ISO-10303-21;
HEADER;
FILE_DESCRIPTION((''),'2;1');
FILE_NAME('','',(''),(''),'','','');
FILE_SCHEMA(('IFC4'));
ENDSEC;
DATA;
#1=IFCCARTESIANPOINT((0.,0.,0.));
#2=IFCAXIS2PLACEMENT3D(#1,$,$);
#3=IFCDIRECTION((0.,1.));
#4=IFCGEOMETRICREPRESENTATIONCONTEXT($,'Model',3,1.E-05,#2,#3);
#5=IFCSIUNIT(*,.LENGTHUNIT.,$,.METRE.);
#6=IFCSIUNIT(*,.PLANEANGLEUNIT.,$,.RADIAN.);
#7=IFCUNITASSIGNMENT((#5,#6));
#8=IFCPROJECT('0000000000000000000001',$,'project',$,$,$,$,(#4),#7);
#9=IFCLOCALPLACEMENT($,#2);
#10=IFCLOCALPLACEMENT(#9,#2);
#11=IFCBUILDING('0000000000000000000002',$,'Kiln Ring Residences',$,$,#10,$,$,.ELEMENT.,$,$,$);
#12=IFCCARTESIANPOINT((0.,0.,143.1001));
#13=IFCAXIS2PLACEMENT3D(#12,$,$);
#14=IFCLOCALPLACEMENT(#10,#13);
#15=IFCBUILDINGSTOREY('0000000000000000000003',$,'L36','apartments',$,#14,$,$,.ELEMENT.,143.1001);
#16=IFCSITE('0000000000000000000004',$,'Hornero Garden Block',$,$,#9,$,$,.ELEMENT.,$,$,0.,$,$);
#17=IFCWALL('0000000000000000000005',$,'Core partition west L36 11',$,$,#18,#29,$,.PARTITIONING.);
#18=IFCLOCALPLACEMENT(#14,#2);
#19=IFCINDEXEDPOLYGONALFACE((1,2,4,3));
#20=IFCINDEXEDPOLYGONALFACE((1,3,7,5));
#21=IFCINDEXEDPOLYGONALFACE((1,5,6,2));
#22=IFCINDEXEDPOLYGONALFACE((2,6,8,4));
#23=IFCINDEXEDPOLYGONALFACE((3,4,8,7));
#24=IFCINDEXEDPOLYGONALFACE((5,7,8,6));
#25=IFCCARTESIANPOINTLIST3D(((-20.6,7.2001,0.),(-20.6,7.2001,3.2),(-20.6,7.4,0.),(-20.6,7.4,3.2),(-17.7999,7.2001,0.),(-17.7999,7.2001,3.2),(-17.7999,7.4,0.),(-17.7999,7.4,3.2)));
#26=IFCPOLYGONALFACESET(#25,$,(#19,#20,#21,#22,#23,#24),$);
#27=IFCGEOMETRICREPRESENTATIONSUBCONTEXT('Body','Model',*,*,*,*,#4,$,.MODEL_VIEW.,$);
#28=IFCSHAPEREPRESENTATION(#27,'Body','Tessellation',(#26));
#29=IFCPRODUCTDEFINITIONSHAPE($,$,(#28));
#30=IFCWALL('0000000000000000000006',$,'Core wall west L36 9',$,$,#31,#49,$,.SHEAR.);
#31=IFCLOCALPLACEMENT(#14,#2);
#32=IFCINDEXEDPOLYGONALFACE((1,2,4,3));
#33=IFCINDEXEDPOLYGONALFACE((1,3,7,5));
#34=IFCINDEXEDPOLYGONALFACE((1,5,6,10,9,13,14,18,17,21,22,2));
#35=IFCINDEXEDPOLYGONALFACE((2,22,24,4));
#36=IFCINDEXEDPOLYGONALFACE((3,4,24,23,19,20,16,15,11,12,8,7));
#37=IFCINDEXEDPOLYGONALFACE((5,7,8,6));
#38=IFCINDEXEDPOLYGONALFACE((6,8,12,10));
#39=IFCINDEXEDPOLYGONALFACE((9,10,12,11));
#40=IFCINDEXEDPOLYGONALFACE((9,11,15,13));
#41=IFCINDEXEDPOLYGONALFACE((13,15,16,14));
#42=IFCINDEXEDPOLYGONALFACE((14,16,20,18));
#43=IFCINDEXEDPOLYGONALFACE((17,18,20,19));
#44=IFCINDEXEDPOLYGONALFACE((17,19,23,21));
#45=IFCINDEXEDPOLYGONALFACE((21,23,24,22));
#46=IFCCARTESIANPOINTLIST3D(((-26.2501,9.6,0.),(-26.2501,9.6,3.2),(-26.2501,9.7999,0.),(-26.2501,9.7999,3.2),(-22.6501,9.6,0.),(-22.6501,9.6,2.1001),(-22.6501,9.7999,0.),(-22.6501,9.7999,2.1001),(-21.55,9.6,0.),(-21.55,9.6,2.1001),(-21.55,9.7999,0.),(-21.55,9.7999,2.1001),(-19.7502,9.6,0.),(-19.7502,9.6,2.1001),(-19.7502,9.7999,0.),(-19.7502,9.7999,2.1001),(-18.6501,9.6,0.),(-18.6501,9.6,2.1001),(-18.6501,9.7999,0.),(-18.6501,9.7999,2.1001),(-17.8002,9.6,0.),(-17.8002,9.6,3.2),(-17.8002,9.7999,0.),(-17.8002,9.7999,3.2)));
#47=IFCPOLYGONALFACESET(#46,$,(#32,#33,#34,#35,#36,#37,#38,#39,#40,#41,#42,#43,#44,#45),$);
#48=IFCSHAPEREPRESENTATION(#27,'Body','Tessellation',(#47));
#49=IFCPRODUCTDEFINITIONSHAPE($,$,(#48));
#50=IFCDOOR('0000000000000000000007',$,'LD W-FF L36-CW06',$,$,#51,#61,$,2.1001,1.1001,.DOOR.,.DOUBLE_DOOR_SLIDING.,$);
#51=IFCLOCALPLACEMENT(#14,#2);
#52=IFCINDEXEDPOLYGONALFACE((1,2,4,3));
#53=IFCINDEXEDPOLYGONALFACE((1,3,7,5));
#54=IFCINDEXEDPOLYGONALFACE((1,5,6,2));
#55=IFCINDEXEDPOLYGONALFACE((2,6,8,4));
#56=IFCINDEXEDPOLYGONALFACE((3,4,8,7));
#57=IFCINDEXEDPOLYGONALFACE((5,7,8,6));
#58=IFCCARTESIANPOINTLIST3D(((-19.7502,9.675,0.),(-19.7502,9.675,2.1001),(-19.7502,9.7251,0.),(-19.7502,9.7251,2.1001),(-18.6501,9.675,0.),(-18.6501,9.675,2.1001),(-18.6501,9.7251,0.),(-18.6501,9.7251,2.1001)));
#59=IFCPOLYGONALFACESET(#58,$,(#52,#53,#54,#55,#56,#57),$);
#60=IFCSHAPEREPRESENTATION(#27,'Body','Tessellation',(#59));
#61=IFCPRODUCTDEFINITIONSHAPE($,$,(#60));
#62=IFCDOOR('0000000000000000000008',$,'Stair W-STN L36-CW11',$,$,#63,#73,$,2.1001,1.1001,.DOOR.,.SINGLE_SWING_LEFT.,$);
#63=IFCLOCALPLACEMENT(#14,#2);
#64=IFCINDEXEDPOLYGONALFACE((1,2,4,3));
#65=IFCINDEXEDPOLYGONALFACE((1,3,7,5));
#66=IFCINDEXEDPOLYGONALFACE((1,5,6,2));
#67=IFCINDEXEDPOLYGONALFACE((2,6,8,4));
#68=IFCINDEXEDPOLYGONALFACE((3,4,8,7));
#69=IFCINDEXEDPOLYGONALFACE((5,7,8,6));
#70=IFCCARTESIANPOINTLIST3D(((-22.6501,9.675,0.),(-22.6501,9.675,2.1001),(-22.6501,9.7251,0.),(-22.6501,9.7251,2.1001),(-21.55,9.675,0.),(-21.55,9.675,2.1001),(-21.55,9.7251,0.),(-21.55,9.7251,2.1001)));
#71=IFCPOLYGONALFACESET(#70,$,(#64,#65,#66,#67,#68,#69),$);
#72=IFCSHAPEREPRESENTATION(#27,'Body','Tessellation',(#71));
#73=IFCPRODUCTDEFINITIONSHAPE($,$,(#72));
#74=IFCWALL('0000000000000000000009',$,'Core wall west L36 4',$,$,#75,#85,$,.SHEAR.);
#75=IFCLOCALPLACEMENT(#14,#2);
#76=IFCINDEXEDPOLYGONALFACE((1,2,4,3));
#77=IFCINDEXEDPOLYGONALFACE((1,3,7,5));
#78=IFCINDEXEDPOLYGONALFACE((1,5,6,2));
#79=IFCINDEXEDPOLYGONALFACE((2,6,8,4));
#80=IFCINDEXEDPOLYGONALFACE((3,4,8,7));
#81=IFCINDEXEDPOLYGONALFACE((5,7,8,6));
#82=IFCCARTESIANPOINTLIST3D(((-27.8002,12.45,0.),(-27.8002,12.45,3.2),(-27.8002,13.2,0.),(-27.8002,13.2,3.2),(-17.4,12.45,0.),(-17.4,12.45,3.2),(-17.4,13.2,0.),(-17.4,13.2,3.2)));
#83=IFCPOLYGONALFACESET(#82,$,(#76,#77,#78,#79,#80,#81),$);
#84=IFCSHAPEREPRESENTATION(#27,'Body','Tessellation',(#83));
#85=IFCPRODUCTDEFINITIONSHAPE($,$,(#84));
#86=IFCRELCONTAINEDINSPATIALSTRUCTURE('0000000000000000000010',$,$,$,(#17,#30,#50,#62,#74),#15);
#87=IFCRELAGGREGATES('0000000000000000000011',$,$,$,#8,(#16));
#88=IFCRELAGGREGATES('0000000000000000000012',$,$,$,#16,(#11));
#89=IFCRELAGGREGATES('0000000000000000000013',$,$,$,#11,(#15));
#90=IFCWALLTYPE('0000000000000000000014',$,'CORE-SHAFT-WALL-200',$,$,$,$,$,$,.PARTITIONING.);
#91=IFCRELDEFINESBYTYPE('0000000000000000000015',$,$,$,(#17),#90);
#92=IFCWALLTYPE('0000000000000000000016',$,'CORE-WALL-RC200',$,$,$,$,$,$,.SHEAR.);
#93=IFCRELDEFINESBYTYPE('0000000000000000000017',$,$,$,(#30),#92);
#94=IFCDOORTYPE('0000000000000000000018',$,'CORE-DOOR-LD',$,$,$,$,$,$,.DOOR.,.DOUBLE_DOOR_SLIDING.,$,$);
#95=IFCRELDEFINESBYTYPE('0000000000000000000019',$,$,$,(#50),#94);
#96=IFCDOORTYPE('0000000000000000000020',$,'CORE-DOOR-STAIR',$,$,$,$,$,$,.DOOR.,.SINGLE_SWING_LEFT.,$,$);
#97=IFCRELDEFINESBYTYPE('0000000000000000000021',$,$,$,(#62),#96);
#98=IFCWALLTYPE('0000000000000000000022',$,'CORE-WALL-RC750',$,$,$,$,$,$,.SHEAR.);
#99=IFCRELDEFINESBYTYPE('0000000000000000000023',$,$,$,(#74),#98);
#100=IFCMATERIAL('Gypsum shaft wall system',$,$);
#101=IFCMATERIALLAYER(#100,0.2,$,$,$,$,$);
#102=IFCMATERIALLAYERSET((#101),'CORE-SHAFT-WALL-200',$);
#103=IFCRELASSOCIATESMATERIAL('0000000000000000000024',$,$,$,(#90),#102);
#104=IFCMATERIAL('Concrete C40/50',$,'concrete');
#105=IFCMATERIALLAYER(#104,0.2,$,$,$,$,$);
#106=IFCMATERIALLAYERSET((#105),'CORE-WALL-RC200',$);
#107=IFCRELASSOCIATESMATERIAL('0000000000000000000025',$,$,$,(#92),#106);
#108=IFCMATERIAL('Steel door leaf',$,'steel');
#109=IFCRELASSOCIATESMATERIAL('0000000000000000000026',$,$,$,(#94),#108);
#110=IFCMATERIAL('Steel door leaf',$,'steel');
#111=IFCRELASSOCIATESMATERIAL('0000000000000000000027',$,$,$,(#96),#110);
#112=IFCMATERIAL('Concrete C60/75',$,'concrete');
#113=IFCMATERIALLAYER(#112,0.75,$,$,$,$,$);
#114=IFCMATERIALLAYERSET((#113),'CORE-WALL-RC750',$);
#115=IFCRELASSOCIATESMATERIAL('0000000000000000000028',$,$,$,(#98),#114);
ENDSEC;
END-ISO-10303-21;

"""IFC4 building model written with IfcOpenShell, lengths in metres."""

from ifc_helpers import new_model, si_unit, direction, frame, frame_2d, origin, place, context, subcontext, project, spatial, rectangle, extrude, material, layer, layer_set, type_object, element, fill, save


model = new_model("IFC4")

# Units and contexts
model_context = context("Model", 3, precision=1e-05, world=origin(), true_north=direction((0.0, 1.0)))
body_context = subcontext(model_context, "Body", "Model", "MODEL_VIEW")
ifc_project = project(units=[si_unit("LENGTHUNIT", "METRE"), si_unit("PLANEANGLEUNIT", "RADIAN")], contexts=[model_context])

# Site, building, storey
site_placement = place(None, origin())
site = spatial("IfcSite", under=ifc_project, at=site_placement, Name="Hornero Garden Block", CompositionType="ELEMENT", RefElevation=0.0)
building_placement = place(site_placement, origin())
building = spatial("IfcBuilding", under=site, at=building_placement, Name="Kiln Ring Residences", CompositionType="ELEMENT")
storey_placement = place(building_placement, frame((0.0, 0.0, 143.1001)))
storey = spatial("IfcBuildingStorey", under=building, at=storey_placement, Name="L36", Description="apartments", CompositionType="ELEMENT", Elevation=143.1001)

# Wall
ifc_material_1 = material(Name="Gypsum shaft wall system")
ifc_layer_1 = layer(ifc_material_1, 0.2)
ifc_layer_set_1 = layer_set([ifc_layer_1], Name="CORE-SHAFT-WALL-200")
wall_type_1 = type_object("IfcWallType", Name="CORE-SHAFT-WALL-200", PredefinedType="PARTITIONING", material=ifc_layer_set_1)
wall_1_placement = place(storey_placement, frame((-17.8, 7.3, 0.0), z_axis=(0.0, 0.0, 1.0), x_axis=(-1.0, 0.0, 0.0)))
element("IfcWall", 1, at=wall_1_placement, inside=storey, type_object=wall_type_1, Name="Core partition west L36 11", PredefinedType="PARTITIONING", context=body_context, shape_type="SweptSolid", body=[
    extrude(rectangle(XDim=2.8, YDim=0.2, at=frame_2d((1.3999, 0.0))), origin(), (0.0, 0.0, 1.0), 3.2),
])

# Wall, openings, doors
ifc_material_2 = material(Name="Concrete C40/50", Category="concrete")
ifc_layer_2 = layer(ifc_material_2, 0.2)
ifc_layer_set_2 = layer_set([ifc_layer_2], Name="CORE-WALL-RC200")
wall_type_2 = type_object("IfcWallType", Name="CORE-WALL-RC200", PredefinedType="SHEAR", material=ifc_layer_set_2)
wall_2_placement = place(storey_placement, frame((-17.8, 9.7, 0.0), z_axis=(0.0, 0.0, 1.0), x_axis=(-1.0, 0.0, 0.0)))
wall_2 = element("IfcWall", 2, at=wall_2_placement, inside=storey, type_object=wall_type_2, Name="Core wall west L36 9", PredefinedType="SHEAR", context=body_context, shape_type="SweptSolid", body=[
    extrude(rectangle(XDim=8.45, YDim=0.2, at=frame_2d((4.2251, 0.0))), origin(), (0.0, 0.0, 1.0), 3.2),
])
opening_1_placement = place(wall_2_placement, frame((0.8501, 0.0, 0.0)))
opening_1 = element("IfcOpeningElement", 3, at=opening_1_placement, cuts=wall_2, PredefinedType="OPENING", context=body_context, shape_type="SweptSolid", body=[
    extrude(rectangle(XDim=1.1001, YDim=2.1001, at=frame_2d((0.55, 1.05))), frame((0.0, 0.1099, 0.0), z_axis=(0.0, -1.0, 0.0), x_axis=(1.0, 0.0, 0.0)), (0.0, 0.0, 1.0), 0.22),
])
opening_2_placement = place(wall_2_placement, frame((3.75, 0.0, 0.0)))
opening_2 = element("IfcOpeningElement", 4, at=opening_2_placement, cuts=wall_2, PredefinedType="OPENING", context=body_context, shape_type="SweptSolid", body=[
    extrude(rectangle(XDim=1.1001, YDim=2.1001, at=frame_2d((0.55, 1.05))), frame((0.0, 0.1099, 0.0), z_axis=(0.0, -1.0, 0.0), x_axis=(1.0, 0.0, 0.0)), (0.0, 0.0, 1.0), 0.22),
])
ifc_material_3 = material(Name="Steel door leaf", Category="steel")
door_type_1 = type_object("IfcDoorType", Name="CORE-DOOR-LD", OperationType="DOUBLE_DOOR_SLIDING", PredefinedType="DOOR", material=ifc_material_3)
door_1_placement = place(opening_1_placement, origin())
door_1 = element("IfcDoor", 5, at=door_1_placement, inside=storey, type_object=door_type_1, Name="LD W-FF L36-CW06", OperationType="DOUBLE_DOOR_SLIDING", OverallHeight=2.1001, OverallWidth=1.1001, PredefinedType="DOOR", context=body_context, shape_type="SweptSolid", body=[
    extrude(rectangle(XDim=1.1001, YDim=2.1001, at=frame_2d((0.55, 1.05))), frame((0.0, 0.0249, 0.0), z_axis=(0.0, -1.0, 0.0), x_axis=(1.0, 0.0, 0.0)), (0.0, 0.0, 1.0), 0.05),
])
fill(opening_1, door_1)
ifc_material_4 = material(Name="Steel door leaf", Category="steel")
door_type_2 = type_object("IfcDoorType", Name="CORE-DOOR-STAIR", OperationType="SINGLE_SWING_LEFT", PredefinedType="DOOR", material=ifc_material_4)
door_2_placement = place(opening_2_placement, origin())
door_2 = element("IfcDoor", 6, at=door_2_placement, inside=storey, type_object=door_type_2, Name="Stair W-STN L36-CW11", OperationType="SINGLE_SWING_LEFT", OverallHeight=2.1001, OverallWidth=1.1001, PredefinedType="DOOR", context=body_context, shape_type="SweptSolid", body=[
    extrude(rectangle(XDim=1.1001, YDim=2.1001, at=frame_2d((0.55, 1.05))), frame((0.0, 0.0249, 0.0), z_axis=(0.0, -1.0, 0.0), x_axis=(1.0, 0.0, 0.0)), (0.0, 0.0, 1.0), 0.05),
])
fill(opening_2, door_2)

# Wall
ifc_material_5 = material(Name="Concrete C60/75", Category="concrete")
ifc_layer_3 = layer(ifc_material_5, 0.75)
ifc_layer_set_3 = layer_set([ifc_layer_3], Name="CORE-WALL-RC750")
wall_type_3 = type_object("IfcWallType", Name="CORE-WALL-RC750", PredefinedType="SHEAR", material=ifc_layer_set_3)
wall_3_placement = place(storey_placement, frame((-17.3999, 12.825, 0.0), z_axis=(0.0, 0.0, 1.0), x_axis=(-1.0, 0.0, 0.0)))
element("IfcWall", 7, at=wall_3_placement, inside=storey, type_object=wall_type_3, Name="Core wall west L36 4", PredefinedType="SHEAR", context=body_context, shape_type="SweptSolid", body=[
    extrude(rectangle(XDim=10.4001, YDim=0.75, at=frame_2d((5.2002, 0.0))), origin(), (0.0, 0.0, 1.0), 3.2),
])

save(model, "model.ifc")
